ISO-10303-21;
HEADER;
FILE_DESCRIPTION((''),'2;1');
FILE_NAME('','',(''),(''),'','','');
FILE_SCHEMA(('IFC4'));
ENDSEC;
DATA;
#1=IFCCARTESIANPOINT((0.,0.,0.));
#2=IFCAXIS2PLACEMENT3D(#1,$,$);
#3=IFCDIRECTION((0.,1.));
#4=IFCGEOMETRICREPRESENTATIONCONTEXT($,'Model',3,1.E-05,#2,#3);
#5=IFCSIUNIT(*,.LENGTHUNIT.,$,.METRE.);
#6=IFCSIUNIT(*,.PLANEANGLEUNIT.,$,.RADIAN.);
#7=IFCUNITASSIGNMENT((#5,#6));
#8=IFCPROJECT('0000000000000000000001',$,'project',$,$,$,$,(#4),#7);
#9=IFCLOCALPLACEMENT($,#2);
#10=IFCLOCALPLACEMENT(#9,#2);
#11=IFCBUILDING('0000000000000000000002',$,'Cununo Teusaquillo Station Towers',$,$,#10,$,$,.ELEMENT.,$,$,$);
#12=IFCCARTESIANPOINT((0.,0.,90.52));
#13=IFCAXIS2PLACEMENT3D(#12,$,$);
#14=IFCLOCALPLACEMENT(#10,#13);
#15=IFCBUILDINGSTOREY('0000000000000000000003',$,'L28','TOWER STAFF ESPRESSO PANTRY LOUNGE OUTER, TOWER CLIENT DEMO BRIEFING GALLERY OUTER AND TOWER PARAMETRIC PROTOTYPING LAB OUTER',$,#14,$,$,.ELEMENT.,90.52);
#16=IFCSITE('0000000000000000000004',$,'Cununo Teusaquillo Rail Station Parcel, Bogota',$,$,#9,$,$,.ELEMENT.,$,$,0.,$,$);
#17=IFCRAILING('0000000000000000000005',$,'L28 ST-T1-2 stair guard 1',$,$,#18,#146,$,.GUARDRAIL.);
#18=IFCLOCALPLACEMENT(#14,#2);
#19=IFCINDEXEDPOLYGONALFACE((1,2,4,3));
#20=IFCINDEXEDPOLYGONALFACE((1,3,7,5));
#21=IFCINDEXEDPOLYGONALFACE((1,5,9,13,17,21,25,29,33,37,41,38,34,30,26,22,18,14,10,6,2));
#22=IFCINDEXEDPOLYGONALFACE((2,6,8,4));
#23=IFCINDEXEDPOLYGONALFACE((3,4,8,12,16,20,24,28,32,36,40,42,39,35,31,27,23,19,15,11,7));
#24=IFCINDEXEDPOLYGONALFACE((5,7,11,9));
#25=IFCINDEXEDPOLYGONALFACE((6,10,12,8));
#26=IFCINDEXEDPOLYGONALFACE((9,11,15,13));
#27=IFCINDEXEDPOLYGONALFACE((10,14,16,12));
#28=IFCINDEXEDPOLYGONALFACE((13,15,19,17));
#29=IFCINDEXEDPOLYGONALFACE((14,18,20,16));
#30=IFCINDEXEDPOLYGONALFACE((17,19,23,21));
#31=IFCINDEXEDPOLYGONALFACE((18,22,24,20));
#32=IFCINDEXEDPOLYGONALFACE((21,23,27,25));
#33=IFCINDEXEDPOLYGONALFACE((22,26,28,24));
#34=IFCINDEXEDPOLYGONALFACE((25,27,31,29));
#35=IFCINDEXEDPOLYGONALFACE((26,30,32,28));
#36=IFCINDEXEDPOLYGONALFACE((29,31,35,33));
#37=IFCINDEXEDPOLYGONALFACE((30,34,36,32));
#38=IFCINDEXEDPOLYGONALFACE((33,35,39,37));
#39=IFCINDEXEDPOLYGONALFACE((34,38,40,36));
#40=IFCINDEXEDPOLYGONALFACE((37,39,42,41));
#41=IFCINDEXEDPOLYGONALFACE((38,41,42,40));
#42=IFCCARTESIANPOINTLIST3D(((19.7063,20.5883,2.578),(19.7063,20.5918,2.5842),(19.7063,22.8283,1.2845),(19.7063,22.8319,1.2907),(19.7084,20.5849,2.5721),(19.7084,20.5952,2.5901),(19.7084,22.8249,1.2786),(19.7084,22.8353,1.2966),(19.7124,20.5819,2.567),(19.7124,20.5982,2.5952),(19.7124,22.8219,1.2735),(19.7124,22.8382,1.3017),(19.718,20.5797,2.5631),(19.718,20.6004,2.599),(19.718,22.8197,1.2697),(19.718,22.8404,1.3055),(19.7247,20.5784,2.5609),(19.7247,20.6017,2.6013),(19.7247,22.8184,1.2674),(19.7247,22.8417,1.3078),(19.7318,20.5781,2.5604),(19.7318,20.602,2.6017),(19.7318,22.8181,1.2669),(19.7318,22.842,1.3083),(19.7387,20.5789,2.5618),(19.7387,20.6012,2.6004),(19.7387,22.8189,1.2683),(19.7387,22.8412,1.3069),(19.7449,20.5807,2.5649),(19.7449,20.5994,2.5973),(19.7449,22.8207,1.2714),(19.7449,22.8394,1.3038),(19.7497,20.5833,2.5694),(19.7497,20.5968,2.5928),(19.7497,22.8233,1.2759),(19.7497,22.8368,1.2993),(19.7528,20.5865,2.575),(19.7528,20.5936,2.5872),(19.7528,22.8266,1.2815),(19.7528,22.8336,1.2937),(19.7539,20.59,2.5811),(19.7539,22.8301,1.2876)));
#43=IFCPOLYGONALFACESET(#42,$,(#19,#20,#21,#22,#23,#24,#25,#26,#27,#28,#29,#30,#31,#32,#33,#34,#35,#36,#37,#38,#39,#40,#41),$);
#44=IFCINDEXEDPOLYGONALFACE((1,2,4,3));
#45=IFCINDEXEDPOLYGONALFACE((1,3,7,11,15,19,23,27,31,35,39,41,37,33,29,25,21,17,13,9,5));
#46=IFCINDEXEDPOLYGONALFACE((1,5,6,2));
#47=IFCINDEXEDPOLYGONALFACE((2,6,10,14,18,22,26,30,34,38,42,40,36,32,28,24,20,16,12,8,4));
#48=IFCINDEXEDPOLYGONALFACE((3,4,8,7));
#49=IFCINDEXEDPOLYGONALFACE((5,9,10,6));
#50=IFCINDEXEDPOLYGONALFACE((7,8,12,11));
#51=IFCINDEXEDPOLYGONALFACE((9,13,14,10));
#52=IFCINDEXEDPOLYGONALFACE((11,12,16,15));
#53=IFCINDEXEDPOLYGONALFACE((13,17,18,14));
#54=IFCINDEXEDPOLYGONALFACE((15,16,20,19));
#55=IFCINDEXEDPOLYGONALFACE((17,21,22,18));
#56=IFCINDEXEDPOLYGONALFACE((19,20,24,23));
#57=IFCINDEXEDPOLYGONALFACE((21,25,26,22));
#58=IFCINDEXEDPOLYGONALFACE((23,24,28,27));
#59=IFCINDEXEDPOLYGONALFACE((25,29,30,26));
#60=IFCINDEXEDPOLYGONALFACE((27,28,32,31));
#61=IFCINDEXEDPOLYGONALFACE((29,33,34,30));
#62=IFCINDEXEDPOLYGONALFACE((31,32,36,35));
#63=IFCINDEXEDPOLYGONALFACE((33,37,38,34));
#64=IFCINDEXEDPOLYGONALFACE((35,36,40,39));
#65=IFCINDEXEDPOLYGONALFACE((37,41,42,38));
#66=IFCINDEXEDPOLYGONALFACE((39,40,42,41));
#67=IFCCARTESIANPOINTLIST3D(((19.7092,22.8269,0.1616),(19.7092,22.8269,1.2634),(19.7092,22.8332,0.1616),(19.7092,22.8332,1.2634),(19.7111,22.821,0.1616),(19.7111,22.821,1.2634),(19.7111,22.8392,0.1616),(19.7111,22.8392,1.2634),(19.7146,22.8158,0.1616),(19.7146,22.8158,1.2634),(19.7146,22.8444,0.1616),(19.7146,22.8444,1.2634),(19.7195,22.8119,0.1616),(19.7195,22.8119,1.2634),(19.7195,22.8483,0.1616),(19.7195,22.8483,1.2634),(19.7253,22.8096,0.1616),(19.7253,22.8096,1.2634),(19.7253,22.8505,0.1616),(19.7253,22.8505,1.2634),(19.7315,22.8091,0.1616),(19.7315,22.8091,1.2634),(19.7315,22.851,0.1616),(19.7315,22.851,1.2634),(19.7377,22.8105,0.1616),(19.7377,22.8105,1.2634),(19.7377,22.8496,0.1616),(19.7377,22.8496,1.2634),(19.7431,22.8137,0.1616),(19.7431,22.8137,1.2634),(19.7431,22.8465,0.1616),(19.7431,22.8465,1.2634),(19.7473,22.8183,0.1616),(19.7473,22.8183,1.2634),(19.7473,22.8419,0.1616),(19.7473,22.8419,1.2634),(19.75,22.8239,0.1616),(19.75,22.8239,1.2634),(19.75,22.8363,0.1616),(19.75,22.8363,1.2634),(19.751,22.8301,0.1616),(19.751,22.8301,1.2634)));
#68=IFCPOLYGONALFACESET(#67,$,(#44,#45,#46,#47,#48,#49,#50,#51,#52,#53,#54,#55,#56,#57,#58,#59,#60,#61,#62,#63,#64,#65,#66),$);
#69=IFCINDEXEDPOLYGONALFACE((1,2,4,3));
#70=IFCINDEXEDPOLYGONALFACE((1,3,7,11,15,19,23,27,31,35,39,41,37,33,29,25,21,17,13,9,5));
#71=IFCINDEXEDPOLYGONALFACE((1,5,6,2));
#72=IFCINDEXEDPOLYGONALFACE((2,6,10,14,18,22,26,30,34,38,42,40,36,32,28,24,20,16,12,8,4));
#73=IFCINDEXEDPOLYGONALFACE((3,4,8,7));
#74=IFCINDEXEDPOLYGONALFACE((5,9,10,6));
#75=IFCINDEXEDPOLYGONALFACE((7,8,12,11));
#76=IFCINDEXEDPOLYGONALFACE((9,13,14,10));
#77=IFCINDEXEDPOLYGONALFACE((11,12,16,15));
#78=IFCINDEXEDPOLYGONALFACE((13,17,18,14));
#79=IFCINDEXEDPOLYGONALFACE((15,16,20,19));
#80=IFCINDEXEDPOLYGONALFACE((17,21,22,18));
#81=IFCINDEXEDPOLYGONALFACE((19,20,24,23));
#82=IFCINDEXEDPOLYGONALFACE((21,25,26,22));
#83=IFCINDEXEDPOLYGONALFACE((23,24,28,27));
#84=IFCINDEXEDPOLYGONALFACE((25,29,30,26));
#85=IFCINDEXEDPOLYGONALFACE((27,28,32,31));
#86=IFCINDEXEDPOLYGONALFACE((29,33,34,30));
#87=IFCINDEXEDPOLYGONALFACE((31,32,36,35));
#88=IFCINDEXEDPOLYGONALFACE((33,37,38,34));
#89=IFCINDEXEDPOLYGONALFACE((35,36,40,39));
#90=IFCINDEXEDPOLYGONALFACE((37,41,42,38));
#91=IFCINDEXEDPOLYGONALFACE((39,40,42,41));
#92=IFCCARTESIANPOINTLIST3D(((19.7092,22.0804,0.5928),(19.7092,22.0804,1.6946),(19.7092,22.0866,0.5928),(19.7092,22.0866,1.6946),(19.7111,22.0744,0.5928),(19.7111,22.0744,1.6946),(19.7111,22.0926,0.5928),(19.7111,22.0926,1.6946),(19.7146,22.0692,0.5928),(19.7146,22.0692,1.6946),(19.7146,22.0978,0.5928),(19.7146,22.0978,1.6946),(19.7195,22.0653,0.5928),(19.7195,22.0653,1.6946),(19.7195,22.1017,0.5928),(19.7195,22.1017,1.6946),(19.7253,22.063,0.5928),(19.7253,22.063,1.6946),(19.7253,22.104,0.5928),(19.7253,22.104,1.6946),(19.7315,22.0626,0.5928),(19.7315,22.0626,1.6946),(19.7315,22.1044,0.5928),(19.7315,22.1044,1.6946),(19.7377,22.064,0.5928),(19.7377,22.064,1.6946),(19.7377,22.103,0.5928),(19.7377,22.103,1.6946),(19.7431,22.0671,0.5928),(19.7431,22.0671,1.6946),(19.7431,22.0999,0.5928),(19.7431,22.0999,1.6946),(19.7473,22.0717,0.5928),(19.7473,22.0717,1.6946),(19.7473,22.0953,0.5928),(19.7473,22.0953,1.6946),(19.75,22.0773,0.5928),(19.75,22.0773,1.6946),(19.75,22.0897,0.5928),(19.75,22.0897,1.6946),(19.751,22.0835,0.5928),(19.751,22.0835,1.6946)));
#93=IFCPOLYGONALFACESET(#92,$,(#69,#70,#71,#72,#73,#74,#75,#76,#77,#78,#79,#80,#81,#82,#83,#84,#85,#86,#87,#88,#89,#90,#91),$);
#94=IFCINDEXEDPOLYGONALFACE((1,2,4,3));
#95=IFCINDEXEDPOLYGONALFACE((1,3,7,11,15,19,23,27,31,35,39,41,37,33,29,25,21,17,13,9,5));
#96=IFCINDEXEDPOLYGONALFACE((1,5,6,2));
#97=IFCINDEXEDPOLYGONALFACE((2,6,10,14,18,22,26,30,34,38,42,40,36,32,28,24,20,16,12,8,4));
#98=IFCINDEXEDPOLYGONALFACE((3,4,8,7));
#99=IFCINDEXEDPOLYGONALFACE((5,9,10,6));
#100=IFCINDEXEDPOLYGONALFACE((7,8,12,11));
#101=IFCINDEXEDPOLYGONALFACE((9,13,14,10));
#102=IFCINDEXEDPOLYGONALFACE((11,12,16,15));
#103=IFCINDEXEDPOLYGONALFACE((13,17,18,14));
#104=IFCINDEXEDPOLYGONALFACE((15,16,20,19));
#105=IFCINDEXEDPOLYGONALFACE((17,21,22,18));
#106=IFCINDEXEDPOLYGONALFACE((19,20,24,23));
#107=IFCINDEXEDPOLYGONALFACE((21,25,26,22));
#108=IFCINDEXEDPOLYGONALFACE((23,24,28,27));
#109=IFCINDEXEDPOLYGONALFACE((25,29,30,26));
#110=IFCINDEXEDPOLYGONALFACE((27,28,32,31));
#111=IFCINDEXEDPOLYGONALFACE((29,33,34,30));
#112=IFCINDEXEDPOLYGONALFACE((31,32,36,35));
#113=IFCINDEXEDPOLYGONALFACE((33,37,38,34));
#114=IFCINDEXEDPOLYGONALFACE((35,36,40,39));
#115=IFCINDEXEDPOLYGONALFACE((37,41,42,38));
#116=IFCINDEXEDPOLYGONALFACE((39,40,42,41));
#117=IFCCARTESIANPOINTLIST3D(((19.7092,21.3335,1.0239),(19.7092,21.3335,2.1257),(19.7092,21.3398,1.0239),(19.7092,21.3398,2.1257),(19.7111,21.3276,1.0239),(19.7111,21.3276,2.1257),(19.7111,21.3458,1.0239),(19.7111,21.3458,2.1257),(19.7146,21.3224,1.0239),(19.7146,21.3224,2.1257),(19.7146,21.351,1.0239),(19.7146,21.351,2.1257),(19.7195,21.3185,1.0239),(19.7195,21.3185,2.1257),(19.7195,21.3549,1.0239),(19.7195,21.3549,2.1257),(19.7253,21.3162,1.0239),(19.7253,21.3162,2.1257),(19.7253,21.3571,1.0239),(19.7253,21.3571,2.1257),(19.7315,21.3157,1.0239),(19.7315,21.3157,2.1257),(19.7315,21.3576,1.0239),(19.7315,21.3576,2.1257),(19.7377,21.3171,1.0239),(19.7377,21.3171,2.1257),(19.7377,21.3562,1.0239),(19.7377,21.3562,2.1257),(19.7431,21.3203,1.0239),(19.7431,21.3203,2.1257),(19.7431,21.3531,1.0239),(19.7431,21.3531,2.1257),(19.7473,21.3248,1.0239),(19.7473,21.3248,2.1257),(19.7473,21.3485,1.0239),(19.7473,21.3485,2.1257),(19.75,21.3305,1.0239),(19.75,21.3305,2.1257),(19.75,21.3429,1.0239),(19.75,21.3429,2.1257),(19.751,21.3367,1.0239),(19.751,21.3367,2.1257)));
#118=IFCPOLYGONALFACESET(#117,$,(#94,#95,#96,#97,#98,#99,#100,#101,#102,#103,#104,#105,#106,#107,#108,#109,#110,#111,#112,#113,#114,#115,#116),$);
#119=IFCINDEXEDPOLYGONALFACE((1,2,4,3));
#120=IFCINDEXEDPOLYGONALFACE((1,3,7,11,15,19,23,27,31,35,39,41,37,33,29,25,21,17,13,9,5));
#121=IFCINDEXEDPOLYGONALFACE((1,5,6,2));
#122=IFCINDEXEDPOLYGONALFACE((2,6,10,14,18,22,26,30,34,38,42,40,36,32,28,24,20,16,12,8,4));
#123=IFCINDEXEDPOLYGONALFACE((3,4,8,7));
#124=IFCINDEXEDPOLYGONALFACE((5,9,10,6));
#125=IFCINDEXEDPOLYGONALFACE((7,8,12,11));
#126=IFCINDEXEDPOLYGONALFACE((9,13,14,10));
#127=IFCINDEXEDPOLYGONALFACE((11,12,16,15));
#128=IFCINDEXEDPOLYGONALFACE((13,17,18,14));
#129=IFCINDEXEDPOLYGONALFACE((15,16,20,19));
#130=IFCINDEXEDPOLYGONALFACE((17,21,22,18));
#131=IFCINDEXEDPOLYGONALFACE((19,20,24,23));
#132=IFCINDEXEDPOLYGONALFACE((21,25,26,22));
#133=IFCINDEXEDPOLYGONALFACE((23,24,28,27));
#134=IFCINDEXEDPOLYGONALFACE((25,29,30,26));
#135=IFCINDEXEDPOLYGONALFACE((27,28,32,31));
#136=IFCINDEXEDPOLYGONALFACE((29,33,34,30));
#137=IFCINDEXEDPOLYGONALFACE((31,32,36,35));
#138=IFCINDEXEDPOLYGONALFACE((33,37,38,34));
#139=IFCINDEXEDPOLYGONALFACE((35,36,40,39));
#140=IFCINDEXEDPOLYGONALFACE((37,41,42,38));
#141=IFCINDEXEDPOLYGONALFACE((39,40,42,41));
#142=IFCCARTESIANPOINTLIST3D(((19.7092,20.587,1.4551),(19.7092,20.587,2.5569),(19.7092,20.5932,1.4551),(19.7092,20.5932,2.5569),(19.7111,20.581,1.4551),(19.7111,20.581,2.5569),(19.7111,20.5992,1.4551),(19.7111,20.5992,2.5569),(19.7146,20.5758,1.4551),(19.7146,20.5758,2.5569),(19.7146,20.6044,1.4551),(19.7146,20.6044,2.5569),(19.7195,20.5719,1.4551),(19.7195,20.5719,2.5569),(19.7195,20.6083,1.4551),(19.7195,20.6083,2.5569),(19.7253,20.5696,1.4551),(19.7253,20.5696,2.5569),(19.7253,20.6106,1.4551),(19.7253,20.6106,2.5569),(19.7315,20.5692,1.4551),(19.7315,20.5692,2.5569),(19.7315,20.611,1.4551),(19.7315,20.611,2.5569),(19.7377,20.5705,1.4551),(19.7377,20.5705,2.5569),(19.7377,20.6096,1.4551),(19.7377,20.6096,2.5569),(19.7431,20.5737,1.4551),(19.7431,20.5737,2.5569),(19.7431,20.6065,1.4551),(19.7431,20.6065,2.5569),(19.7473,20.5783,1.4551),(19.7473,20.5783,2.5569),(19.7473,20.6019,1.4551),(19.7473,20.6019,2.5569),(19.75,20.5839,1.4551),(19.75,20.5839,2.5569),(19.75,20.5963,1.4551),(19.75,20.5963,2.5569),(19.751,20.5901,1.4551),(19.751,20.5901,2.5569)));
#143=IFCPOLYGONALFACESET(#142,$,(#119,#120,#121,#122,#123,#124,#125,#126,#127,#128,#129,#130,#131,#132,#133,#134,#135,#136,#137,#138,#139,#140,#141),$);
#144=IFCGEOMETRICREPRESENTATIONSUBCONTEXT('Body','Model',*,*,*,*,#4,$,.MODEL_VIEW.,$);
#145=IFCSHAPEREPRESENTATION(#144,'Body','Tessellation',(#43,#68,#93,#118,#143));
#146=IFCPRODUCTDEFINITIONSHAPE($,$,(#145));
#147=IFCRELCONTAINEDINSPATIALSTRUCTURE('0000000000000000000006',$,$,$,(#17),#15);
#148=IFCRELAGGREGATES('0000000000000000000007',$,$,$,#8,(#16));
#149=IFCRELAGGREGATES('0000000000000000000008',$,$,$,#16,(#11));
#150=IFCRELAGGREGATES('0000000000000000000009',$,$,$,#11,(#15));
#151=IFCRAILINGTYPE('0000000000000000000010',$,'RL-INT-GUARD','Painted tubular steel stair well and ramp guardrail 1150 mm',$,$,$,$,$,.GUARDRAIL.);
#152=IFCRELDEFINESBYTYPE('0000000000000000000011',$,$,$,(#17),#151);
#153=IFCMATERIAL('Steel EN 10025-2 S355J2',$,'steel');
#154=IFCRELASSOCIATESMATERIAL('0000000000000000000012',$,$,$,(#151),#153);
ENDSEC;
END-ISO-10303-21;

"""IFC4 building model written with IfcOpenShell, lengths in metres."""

from ifc_helpers import new_model, si_unit, direction, frame, origin, origin_2d, place, context, subcontext, project, spatial, circle, extrude, material, type_object, element, save


model = new_model("IFC4")

# Units and contexts
model_context = context("Model", 3, precision=1e-05, world=origin(), true_north=direction((0.0, 1.0)))
body_context = subcontext(model_context, "Body", "Model", "MODEL_VIEW")
ifc_project = project(units=[si_unit("LENGTHUNIT", "METRE"), si_unit("PLANEANGLEUNIT", "RADIAN")], contexts=[model_context])

# Site, building, storey
site_placement = place(None, origin())
site = spatial("IfcSite", under=ifc_project, at=site_placement, Name="Cununo Teusaquillo Rail Station Parcel, Bogota", CompositionType="ELEMENT", RefElevation=0.0)
building_placement = place(site_placement, origin())
building = spatial("IfcBuilding", under=site, at=building_placement, Name="Cununo Teusaquillo Station Towers", CompositionType="ELEMENT")
storey_placement = place(building_placement, frame((0.0, 0.0, 90.52)))
storey = spatial("IfcBuildingStorey", under=building, at=storey_placement, Name="L28", Description="TOWER STAFF ESPRESSO PANTRY LOUNGE OUTER, TOWER CLIENT DEMO BRIEFING GALLERY OUTER AND TOWER PARAMETRIC PROTOTYPING LAB OUTER", CompositionType="ELEMENT", Elevation=90.52)

# Railing
ifc_material_1 = material(Name="Steel EN 10025-2 S355J2", Category="steel")
railing_type_1 = type_object("IfcRailingType", Name="RL-INT-GUARD", Description="Painted tubular steel stair well and ramp guardrail 1150 mm", PredefinedType="GUARDRAIL", material=ifc_material_1)
railing_1_placement = place(storey_placement, frame((19.73, 22.8301, 0.1616)))
element("IfcRailing", 1, at=railing_1_placement, inside=storey, type_object=railing_type_1, Name="L28 ST-T1-2 stair guard 1", PredefinedType="GUARDRAIL", context=body_context, shape_type="SweptSolid", body=[
    extrude(circle(Radius=0.0239, at=origin_2d()), frame((0.0, 0.0, 1.126), z_axis=(0.0, -0.865992, 0.500057), x_axis=(1.0, 0.0, 0.0)), (0.0, 0.0, 1.0), 2.5867),
    extrude(circle(Radius=0.021, at=origin_2d()), origin(), (0.0, 0.0, 1.0), 1.1018),
    extrude(circle(Radius=0.021, at=origin_2d()), frame((0.0, -0.7466, 0.4312)), (0.0, 0.0, 1.0), 1.1018),
    extrude(circle(Radius=0.021, at=origin_2d()), frame((0.0, -1.4934, 0.8623)), (0.0, 0.0, 1.0), 1.1018),
    extrude(circle(Radius=0.021, at=origin_2d()), frame((0.0, -2.24, 1.2935)), (0.0, 0.0, 1.0), 1.1018),
])

save(model, "model.ifc")
